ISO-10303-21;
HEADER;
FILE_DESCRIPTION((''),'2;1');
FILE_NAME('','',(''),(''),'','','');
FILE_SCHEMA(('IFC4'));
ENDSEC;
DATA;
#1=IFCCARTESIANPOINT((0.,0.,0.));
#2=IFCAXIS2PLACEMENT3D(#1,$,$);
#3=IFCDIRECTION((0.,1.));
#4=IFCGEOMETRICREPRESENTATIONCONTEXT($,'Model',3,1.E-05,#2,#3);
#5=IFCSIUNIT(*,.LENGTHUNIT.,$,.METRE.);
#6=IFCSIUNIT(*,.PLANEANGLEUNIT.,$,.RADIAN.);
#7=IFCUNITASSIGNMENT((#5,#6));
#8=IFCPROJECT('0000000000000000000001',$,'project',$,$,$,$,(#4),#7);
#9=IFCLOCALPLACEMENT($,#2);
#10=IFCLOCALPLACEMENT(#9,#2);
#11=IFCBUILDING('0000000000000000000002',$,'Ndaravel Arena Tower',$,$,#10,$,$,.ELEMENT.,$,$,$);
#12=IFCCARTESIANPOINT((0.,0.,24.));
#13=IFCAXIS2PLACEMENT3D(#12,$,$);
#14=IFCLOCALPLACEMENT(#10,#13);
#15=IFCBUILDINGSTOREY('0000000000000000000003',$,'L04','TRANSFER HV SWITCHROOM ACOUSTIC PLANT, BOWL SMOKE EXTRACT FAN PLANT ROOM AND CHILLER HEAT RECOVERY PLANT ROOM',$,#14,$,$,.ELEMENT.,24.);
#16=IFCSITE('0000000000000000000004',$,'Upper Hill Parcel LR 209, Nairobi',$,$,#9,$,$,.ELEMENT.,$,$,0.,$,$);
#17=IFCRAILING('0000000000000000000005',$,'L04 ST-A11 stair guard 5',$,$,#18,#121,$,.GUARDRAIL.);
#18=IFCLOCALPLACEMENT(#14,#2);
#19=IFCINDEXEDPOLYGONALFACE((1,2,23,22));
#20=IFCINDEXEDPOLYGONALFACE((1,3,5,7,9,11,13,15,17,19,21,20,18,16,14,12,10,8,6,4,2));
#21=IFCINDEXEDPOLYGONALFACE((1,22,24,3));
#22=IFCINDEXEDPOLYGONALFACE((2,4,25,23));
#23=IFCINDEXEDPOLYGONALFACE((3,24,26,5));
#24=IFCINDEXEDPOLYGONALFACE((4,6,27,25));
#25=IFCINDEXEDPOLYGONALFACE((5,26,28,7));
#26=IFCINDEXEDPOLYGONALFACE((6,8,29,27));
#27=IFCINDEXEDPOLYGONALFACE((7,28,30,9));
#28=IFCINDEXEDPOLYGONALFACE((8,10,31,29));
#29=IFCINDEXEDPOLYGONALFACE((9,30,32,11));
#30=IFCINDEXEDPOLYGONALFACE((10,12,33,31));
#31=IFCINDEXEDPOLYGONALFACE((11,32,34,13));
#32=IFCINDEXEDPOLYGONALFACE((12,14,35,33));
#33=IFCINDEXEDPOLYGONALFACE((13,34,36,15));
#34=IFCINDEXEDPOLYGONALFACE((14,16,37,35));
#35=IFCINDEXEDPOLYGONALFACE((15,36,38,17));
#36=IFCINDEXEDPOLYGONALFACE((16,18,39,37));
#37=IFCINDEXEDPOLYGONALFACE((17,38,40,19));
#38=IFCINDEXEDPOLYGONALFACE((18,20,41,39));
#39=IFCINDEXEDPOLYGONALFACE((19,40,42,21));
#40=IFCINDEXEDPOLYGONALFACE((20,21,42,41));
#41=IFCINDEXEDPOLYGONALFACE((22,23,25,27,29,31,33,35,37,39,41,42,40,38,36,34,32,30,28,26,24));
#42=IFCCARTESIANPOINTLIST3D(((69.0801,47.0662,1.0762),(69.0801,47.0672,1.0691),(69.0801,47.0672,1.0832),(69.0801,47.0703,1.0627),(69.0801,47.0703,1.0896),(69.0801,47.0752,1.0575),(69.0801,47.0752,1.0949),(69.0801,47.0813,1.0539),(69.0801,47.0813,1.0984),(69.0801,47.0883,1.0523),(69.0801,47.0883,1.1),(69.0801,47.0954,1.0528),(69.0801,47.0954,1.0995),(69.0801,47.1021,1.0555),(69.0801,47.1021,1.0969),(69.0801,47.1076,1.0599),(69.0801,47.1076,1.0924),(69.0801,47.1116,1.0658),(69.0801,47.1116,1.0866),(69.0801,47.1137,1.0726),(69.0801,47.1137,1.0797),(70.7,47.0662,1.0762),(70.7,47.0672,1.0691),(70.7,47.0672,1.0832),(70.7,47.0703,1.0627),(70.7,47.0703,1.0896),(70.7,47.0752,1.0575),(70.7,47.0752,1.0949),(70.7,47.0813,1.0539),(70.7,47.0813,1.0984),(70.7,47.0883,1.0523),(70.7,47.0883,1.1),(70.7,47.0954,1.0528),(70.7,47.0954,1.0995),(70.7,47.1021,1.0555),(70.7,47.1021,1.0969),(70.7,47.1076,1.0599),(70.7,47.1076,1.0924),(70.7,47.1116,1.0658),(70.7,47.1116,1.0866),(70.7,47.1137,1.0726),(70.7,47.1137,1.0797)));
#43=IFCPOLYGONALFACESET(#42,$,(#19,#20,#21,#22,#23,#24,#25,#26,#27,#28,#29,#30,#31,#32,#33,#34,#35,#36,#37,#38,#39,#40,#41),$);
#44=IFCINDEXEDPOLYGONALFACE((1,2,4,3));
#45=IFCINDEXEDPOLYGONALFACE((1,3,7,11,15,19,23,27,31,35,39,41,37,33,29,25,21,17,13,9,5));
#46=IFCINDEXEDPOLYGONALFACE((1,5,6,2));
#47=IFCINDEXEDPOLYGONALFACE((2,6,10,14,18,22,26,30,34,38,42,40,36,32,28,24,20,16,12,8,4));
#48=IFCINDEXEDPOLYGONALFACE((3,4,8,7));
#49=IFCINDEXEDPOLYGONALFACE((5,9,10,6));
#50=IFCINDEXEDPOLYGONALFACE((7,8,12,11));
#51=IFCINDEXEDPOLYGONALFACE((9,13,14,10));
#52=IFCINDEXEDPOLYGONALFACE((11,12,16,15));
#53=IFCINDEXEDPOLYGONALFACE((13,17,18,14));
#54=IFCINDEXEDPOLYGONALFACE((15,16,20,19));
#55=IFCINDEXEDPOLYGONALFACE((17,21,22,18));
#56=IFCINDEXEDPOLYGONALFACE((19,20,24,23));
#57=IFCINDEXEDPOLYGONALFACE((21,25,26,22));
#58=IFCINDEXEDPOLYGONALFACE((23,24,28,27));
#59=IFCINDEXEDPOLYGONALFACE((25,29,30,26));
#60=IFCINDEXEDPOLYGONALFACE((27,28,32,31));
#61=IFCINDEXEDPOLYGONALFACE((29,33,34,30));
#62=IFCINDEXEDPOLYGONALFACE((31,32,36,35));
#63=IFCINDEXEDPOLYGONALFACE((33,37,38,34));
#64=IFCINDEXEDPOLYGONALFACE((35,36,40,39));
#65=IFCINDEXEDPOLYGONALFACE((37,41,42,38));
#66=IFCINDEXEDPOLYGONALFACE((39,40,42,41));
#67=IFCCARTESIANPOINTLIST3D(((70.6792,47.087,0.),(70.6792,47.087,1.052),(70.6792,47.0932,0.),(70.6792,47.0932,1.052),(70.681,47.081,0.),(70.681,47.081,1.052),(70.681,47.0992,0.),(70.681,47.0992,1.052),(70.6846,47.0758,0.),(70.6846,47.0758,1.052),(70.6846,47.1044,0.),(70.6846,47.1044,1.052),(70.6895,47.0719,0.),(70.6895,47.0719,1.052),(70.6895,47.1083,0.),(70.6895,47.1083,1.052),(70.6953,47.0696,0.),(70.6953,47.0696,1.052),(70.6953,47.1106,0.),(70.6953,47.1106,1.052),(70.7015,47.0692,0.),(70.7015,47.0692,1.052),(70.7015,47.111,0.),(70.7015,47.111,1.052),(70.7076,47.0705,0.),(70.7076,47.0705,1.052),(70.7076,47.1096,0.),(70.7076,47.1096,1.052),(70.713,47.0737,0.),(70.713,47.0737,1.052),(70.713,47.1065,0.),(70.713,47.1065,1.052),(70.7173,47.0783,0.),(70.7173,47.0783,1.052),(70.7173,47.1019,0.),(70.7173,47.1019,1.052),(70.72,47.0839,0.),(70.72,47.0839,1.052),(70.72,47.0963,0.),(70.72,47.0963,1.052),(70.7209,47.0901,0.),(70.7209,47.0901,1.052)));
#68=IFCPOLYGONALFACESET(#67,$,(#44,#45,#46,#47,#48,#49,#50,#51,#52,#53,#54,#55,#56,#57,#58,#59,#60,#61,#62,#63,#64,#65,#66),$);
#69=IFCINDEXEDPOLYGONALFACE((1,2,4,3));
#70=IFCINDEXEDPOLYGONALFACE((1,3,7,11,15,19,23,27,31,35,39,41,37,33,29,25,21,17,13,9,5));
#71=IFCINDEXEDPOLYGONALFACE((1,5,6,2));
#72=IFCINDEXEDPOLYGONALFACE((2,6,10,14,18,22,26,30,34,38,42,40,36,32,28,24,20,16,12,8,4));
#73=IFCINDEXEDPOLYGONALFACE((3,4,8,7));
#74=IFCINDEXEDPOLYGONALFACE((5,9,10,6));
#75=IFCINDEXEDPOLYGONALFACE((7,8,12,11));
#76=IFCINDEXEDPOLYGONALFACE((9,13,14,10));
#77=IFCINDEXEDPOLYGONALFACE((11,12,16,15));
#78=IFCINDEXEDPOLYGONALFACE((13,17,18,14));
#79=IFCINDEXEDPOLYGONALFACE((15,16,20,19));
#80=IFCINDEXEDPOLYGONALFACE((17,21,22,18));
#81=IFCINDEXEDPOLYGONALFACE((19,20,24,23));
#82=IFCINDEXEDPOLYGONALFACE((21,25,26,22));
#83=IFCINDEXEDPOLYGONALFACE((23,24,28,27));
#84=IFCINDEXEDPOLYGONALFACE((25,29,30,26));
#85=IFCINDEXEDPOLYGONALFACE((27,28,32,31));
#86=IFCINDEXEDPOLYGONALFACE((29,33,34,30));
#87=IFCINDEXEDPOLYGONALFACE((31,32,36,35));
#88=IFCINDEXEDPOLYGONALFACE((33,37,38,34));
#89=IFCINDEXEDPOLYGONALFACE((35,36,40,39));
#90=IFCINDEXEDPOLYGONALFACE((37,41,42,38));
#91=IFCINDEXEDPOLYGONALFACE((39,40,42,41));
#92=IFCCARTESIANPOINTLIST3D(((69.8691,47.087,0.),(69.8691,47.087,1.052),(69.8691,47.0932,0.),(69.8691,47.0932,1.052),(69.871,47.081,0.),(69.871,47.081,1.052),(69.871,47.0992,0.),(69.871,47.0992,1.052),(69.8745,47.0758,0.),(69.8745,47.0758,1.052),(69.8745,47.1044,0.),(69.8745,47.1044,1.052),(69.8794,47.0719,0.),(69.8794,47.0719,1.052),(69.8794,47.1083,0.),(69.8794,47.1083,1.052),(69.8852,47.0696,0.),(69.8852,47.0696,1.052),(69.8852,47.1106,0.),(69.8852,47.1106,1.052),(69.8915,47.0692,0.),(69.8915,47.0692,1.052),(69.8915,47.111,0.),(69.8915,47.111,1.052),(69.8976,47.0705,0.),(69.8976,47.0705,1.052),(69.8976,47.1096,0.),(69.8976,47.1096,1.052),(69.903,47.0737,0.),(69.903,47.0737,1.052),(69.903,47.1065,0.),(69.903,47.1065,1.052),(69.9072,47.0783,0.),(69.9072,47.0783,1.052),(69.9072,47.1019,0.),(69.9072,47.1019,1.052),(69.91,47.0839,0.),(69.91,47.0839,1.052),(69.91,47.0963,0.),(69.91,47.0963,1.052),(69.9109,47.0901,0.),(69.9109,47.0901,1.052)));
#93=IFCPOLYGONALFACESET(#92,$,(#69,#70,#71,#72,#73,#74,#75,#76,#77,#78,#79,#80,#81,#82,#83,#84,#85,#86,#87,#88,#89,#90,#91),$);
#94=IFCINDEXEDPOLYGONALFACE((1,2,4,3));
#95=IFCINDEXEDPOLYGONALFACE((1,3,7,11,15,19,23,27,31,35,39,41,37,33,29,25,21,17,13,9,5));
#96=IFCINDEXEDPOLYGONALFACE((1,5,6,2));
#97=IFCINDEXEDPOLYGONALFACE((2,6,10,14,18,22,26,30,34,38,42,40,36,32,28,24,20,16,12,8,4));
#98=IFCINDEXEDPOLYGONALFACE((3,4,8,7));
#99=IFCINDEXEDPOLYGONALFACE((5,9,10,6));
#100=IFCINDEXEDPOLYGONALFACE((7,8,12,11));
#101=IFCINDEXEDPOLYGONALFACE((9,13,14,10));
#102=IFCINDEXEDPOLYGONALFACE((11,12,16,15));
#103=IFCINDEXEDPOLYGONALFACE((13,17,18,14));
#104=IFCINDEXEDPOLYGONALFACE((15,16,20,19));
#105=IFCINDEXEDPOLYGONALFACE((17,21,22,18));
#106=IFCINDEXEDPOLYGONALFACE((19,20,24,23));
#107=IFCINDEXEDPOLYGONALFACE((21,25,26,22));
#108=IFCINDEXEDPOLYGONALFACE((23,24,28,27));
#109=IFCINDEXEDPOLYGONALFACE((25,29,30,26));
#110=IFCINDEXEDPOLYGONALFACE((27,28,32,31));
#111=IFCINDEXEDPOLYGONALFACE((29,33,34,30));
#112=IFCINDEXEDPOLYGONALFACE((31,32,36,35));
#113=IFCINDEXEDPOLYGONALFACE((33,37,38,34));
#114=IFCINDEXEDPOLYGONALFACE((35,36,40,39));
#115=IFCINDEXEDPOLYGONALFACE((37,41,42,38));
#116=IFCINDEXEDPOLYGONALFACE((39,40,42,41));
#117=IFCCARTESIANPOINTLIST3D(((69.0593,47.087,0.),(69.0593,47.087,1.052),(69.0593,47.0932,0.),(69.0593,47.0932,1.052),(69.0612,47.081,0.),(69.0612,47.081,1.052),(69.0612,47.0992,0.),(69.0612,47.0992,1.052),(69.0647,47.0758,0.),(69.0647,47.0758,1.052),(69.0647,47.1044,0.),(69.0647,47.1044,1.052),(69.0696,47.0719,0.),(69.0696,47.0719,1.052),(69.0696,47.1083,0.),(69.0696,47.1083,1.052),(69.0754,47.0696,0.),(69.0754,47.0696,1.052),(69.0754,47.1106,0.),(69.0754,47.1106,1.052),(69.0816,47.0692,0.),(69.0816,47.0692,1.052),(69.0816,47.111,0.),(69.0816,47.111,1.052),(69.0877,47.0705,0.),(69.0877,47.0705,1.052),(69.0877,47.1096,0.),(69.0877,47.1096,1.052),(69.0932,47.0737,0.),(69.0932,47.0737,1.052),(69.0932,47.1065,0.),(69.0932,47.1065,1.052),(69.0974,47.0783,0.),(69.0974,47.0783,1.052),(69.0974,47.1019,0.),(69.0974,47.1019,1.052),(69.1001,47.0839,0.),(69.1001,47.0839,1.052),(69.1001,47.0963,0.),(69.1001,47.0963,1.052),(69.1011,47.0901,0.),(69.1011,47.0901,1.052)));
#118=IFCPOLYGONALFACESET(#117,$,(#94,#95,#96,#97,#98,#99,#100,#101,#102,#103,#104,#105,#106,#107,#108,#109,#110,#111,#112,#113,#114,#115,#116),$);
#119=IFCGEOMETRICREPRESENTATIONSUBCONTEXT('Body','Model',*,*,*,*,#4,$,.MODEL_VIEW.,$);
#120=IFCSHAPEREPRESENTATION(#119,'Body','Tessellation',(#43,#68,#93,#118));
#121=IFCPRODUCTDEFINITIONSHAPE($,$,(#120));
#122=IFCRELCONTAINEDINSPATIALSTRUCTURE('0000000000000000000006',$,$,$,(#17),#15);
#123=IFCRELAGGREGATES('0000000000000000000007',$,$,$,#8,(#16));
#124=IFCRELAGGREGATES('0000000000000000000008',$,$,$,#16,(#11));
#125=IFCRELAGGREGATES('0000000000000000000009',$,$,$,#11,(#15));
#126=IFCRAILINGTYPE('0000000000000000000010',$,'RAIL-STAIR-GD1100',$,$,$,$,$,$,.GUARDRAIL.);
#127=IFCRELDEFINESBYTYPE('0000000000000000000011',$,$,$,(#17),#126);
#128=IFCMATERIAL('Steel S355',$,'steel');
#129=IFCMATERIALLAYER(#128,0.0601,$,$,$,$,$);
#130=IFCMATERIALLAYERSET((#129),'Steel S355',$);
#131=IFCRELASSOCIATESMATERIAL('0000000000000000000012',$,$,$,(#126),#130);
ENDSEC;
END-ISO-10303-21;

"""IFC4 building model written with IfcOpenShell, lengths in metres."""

from ifc_helpers import new_model, si_unit, direction, frame, origin, origin_2d, place, context, subcontext, project, spatial, circle, extrude, material, layer, layer_set, type_object, element, save


model = new_model("IFC4")

# Units and contexts
model_context = context("Model", 3, precision=1e-05, world=origin(), true_north=direction((0.0, 1.0)))
body_context = subcontext(model_context, "Body", "Model", "MODEL_VIEW")
ifc_project = project(units=[si_unit("LENGTHUNIT", "METRE"), si_unit("PLANEANGLEUNIT", "RADIAN")], contexts=[model_context])

# Site, building, storey
site_placement = place(None, origin())
site = spatial("IfcSite", under=ifc_project, at=site_placement, Name="Upper Hill Parcel LR 209, Nairobi", CompositionType="ELEMENT", RefElevation=0.0)
building_placement = place(site_placement, origin())
building = spatial("IfcBuilding", under=site, at=building_placement, Name="Ndaravel Arena Tower", CompositionType="ELEMENT")
storey_placement = place(building_placement, frame((0.0, 0.0, 24.0)))
storey = spatial("IfcBuildingStorey", under=building, at=storey_placement, Name="L04", Description="TRANSFER HV SWITCHROOM ACOUSTIC PLANT, BOWL SMOKE EXTRACT FAN PLANT ROOM AND CHILLER HEAT RECOVERY PLANT ROOM", CompositionType="ELEMENT", Elevation=24.0)

# Railing
ifc_material_1 = material(Name="Steel S355", Category="steel")
ifc_layer_1 = layer(ifc_material_1, 0.0601)
ifc_layer_set_1 = layer_set([ifc_layer_1], Name="Steel S355")
railing_type_1 = type_object("IfcRailingType", Name="RAIL-STAIR-GD1100", PredefinedType="GUARDRAIL", material=ifc_layer_set_1)
for number, where, name in (
    (1, (70.7, 47.0901, 0.0), "L04 ST-A11 stair guard 5"),
):
    element("IfcRailing", number, at=place(storey_placement, frame(where)), inside=storey, type_object=railing_type_1, Name=name, PredefinedType="GUARDRAIL", context=body_context, shape_type="SweptSolid", body=[
        extrude(circle(Radius=0.0239, at=origin_2d()), frame((0.0, 0.0, 1.0762), z_axis=(-1.0, 0.0, 0.0), x_axis=(0.0, -1.0, 0.0)), (0.0, 0.0, 1.0), 1.6199),
        extrude(circle(Radius=0.021, at=origin_2d()), origin(), (0.0, 0.0, 1.0), 1.052),
        extrude(circle(Radius=0.021, at=origin_2d()), frame((-0.8101, 0.0, 0.0)), (0.0, 0.0, 1.0), 1.052),
        extrude(circle(Radius=0.021, at=origin_2d()), frame((-1.6199, 0.0, 0.0)), (0.0, 0.0, 1.0), 1.052),
    ])

save(model, "model.ifc")
